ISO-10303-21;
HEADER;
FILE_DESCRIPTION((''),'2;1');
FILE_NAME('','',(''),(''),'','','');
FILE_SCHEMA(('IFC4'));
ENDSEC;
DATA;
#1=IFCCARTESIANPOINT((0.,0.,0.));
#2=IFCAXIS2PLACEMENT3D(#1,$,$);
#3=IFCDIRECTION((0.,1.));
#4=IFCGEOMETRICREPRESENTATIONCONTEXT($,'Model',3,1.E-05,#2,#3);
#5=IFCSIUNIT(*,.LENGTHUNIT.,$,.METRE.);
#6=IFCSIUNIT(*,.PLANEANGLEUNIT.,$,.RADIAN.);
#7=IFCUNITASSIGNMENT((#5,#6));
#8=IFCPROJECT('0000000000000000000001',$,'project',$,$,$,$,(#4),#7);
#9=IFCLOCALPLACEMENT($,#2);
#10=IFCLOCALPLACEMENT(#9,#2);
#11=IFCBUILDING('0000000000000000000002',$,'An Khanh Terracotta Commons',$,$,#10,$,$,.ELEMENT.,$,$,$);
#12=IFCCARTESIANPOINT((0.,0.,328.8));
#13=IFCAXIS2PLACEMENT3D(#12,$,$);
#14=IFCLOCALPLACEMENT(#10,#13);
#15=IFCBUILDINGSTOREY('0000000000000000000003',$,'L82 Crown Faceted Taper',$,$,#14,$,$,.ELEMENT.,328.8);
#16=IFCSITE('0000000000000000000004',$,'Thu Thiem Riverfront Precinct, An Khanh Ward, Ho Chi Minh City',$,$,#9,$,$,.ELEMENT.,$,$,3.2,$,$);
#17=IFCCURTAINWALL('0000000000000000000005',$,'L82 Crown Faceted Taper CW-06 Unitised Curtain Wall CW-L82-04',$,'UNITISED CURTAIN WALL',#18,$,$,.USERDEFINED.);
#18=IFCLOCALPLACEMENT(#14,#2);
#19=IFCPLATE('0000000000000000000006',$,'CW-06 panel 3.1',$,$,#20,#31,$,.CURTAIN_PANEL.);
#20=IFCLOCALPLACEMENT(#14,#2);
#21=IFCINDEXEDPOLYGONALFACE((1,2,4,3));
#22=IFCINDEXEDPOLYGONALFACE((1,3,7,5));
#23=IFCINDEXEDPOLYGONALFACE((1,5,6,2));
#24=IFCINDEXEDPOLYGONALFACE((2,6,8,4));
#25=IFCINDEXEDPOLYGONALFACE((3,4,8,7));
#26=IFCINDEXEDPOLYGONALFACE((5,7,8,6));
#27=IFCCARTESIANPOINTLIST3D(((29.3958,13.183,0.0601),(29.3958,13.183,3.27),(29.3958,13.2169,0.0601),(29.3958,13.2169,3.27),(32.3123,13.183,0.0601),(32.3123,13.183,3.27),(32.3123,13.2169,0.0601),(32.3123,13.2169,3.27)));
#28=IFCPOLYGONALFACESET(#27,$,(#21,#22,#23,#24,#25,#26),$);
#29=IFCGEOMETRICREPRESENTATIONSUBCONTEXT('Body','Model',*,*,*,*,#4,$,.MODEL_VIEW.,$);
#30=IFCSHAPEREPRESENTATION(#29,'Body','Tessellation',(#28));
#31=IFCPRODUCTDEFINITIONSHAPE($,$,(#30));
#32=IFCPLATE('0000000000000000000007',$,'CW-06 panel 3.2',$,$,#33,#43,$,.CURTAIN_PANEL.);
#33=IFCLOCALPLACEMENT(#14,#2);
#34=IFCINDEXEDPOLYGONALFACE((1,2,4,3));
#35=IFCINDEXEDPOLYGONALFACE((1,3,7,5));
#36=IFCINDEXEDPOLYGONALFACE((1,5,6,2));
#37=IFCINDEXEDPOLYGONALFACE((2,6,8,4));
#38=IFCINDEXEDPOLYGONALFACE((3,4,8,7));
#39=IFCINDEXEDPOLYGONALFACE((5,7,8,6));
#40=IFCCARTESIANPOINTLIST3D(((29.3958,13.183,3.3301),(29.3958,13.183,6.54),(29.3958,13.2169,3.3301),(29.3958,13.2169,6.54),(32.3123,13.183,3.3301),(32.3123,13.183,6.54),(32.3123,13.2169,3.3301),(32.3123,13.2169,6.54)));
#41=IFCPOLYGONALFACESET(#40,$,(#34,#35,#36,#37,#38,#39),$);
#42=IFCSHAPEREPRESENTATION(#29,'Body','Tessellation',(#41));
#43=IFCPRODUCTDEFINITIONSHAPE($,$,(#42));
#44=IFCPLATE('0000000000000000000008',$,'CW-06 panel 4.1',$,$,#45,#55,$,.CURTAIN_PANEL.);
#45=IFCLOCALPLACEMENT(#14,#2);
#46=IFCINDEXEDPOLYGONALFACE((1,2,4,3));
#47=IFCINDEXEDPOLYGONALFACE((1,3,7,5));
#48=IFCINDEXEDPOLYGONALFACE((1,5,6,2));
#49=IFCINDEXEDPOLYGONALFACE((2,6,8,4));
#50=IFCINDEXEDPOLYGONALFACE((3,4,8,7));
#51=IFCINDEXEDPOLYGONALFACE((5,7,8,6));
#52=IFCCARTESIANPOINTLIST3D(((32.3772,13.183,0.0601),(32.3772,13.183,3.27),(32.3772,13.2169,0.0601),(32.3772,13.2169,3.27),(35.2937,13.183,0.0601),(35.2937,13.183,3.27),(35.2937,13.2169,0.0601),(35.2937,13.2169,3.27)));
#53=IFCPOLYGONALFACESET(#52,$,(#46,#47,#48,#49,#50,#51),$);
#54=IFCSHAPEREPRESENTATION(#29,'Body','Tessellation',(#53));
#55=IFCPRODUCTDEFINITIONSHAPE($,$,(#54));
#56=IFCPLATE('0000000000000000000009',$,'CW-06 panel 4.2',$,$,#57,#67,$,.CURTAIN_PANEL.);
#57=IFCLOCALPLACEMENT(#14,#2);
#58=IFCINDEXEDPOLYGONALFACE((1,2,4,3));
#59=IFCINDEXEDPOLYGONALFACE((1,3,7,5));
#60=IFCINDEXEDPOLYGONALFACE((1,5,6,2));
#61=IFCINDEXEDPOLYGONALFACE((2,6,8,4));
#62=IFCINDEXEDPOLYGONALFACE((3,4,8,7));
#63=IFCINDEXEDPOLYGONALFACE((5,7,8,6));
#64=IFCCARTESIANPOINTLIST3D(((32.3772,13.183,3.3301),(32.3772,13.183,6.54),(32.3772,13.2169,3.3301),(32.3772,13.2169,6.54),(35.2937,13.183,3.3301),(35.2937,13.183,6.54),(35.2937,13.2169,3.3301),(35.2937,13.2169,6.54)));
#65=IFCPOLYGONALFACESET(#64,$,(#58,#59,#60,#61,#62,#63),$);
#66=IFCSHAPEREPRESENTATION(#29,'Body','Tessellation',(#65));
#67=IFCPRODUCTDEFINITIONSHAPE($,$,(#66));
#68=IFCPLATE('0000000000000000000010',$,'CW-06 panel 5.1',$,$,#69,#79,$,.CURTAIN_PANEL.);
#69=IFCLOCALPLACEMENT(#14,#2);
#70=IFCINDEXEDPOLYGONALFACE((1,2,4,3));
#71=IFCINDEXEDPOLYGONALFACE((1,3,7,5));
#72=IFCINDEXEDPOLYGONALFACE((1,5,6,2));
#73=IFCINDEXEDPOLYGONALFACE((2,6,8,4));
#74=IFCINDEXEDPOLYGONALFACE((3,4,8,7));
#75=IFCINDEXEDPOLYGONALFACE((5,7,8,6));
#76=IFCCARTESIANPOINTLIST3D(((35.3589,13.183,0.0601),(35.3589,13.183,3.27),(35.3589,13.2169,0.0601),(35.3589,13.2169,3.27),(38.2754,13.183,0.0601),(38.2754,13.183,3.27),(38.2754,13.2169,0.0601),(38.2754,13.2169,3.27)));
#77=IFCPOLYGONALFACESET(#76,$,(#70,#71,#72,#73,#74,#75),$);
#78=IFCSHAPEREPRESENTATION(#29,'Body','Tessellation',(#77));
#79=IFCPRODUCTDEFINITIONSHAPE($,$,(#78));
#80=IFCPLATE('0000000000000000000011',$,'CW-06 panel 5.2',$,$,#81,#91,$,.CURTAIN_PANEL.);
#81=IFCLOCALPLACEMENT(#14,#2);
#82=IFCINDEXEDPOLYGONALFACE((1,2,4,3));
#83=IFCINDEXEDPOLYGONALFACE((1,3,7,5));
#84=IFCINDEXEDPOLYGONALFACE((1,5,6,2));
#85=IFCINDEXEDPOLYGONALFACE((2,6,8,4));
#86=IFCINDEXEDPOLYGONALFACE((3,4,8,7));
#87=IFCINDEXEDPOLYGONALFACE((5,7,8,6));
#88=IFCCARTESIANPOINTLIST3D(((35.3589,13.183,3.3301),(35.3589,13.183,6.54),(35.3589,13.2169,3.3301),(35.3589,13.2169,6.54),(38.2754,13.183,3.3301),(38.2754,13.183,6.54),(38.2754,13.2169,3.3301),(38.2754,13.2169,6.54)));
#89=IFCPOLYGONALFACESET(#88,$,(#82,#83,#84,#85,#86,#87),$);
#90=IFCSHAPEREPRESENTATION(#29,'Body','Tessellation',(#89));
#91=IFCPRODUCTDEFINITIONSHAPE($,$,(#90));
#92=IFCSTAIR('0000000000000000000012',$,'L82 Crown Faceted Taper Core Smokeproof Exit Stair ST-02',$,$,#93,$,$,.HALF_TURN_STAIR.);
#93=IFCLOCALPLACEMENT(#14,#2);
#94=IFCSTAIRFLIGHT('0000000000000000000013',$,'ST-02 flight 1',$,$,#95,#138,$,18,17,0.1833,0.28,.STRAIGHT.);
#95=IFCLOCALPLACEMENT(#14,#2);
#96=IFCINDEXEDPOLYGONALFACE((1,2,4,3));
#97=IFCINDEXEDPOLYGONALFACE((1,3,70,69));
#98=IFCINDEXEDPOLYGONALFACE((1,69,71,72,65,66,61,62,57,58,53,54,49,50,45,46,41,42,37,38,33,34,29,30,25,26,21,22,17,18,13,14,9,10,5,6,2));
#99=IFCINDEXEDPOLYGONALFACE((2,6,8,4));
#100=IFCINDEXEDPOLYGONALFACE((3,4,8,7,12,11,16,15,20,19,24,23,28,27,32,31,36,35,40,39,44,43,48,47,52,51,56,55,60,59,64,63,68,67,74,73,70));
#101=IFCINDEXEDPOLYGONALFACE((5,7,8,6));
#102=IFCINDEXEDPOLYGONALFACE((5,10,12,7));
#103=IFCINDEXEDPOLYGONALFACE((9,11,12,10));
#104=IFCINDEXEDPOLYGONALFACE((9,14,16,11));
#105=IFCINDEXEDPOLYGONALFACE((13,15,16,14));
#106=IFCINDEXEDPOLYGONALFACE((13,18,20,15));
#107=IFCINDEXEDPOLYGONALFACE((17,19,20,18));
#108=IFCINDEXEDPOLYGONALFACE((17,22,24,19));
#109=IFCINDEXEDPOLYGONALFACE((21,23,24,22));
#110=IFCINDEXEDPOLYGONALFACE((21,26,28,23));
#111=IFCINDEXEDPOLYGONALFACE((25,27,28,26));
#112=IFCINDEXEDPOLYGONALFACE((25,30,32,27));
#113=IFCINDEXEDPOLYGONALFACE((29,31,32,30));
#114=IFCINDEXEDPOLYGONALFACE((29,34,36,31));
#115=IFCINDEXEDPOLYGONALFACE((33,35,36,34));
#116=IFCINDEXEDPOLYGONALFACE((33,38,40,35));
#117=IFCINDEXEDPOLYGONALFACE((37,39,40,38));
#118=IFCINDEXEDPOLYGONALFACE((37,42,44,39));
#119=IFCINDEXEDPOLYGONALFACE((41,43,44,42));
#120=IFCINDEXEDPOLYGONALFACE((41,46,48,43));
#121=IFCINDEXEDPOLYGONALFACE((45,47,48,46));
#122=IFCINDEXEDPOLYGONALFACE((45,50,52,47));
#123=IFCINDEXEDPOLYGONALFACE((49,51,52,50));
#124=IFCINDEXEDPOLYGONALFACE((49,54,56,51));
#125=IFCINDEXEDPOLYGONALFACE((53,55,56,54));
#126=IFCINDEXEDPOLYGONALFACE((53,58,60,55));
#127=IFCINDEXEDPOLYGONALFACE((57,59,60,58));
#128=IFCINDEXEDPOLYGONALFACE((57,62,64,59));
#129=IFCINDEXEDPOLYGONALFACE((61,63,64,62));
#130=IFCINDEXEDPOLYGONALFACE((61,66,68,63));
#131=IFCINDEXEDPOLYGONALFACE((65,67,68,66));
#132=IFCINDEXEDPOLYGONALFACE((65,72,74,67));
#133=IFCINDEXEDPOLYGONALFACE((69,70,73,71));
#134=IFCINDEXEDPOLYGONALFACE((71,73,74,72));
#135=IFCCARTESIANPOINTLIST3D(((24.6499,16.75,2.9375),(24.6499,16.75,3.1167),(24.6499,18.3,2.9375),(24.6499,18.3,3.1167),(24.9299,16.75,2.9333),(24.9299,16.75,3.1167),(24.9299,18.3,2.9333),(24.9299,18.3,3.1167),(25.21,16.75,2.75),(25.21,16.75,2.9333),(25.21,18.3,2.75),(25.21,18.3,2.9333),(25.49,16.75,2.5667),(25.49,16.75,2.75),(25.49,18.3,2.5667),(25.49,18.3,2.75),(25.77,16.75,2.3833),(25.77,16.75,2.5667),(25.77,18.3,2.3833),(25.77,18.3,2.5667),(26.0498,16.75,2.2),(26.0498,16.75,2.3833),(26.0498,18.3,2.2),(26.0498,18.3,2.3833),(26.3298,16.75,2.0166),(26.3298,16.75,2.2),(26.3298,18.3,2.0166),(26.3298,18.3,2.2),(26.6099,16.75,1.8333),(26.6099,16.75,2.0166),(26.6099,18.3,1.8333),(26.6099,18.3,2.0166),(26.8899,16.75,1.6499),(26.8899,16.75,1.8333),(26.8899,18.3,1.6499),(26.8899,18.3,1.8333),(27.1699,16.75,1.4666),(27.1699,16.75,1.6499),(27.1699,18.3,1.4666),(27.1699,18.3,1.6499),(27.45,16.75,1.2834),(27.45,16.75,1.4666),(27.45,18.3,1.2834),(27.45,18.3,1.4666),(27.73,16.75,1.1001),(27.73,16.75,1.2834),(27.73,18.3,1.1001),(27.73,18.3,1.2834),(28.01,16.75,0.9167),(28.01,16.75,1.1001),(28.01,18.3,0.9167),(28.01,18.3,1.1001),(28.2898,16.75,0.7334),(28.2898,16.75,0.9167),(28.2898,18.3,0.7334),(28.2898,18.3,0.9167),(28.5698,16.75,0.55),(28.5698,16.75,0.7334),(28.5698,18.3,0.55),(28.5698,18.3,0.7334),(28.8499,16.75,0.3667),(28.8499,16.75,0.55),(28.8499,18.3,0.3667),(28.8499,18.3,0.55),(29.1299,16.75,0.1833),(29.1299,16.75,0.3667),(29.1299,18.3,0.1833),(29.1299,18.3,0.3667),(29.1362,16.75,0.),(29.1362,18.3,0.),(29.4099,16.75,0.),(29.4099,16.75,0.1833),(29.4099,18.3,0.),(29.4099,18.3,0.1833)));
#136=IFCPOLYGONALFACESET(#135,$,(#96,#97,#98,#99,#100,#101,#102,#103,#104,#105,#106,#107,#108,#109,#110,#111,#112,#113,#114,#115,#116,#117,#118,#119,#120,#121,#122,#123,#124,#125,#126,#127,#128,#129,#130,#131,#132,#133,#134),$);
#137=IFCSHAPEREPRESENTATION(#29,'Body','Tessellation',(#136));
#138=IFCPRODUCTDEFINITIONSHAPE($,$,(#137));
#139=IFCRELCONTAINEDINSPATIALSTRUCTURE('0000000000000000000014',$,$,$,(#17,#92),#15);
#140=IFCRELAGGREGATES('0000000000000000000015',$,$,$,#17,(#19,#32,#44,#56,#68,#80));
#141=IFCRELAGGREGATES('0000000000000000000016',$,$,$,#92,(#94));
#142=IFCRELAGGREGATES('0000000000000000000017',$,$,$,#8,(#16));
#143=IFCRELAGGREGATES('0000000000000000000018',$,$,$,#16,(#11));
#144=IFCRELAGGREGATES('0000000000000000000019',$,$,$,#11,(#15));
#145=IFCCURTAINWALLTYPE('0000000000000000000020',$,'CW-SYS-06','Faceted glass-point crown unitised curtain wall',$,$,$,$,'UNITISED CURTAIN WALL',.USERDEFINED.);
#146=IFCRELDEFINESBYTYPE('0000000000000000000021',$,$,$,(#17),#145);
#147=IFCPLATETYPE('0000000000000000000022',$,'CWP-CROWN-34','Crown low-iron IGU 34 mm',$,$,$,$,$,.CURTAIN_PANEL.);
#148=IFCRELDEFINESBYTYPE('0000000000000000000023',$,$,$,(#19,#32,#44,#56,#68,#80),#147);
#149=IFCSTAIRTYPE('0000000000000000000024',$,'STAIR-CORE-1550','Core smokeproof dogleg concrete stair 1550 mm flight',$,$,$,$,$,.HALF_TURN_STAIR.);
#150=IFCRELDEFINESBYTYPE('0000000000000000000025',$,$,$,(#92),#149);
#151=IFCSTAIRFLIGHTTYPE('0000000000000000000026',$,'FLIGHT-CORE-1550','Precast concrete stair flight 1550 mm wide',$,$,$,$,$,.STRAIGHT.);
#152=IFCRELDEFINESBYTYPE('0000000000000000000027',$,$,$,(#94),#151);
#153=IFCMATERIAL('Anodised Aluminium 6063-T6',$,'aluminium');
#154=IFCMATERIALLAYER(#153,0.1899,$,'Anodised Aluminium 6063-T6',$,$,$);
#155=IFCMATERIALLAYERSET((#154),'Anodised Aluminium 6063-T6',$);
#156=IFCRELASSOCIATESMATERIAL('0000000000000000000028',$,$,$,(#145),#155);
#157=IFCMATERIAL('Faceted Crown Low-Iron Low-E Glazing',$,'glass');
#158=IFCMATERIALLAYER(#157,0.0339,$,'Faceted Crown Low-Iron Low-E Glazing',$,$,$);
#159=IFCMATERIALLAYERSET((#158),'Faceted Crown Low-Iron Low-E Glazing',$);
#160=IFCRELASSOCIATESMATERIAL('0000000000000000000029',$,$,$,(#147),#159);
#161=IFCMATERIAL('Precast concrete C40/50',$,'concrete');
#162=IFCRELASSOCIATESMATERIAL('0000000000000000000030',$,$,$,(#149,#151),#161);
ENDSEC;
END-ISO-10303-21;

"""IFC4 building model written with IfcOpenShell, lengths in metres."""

from ifc_helpers import new_model, si_unit, direction, frame, origin, origin_2d, place, context, subcontext, project, spatial, polyline, rectangle, outline, extrude, material, layer, layer_set, type_object, element, aggregate, save


model = new_model("IFC4")

# Units and contexts
model_context = context("Model", 3, precision=1e-05, world=origin(), true_north=direction((0.0, 1.0)))
body_context = subcontext(model_context, "Body", "Model", "MODEL_VIEW")
ifc_project = project(units=[si_unit("LENGTHUNIT", "METRE"), si_unit("PLANEANGLEUNIT", "RADIAN")], contexts=[model_context])

# Site, building, storey
site_placement = place(None, origin())
site = spatial("IfcSite", under=ifc_project, at=site_placement, Name="Thu Thiem Riverfront Precinct, An Khanh Ward, Ho Chi Minh City", CompositionType="ELEMENT", RefElevation=3.2)
building_placement = place(site_placement, origin())
building = spatial("IfcBuilding", under=site, at=building_placement, Name="An Khanh Terracotta Commons", CompositionType="ELEMENT")
storey_placement = place(building_placement, frame((0.0, 0.0, 328.8)))
storey = spatial("IfcBuildingStorey", under=building, at=storey_placement, Name="L82 Crown Faceted Taper", CompositionType="ELEMENT", Elevation=328.8)

# Curtain wall, plates
ifc_material_1 = material(Name="Anodised Aluminium 6063-T6", Category="aluminium")
ifc_layer_1 = layer(ifc_material_1, 0.1899, Name="Anodised Aluminium 6063-T6")
ifc_layer_set_1 = layer_set([ifc_layer_1], Name="Anodised Aluminium 6063-T6")
curtain_wall_type = type_object("IfcCurtainWallType", Name="CW-SYS-06", Description="Faceted glass-point crown unitised curtain wall", ElementType="UNITISED CURTAIN WALL", PredefinedType="USERDEFINED", material=ifc_layer_set_1)
curtain_wall_placement = place(storey_placement, origin())
curtain_wall = element("IfcCurtainWall", 1, at=curtain_wall_placement, inside=storey, type_object=curtain_wall_type, Name="L82 Crown Faceted Taper CW-06 Unitised Curtain Wall CW-L82-04", ObjectType="UNITISED CURTAIN WALL", PredefinedType="USERDEFINED")
ifc_material_2 = material(Name="Faceted Crown Low-Iron Low-E Glazing", Category="glass")
ifc_layer_2 = layer(ifc_material_2, 0.0339, Name="Faceted Crown Low-Iron Low-E Glazing")
ifc_layer_set_2 = layer_set([ifc_layer_2], Name="Faceted Crown Low-Iron Low-E Glazing")
plate_type = type_object("IfcPlateType", Name="CWP-CROWN-34", Description="Crown low-iron IGU 34 mm", PredefinedType="CURTAIN_PANEL", material=ifc_layer_set_2)
plate_1_placement = place(storey_placement, frame((30.854, 13.2, 0.0601), z_axis=(0.0, 0.0, 1.0), x_axis=(1.0, 0.0, 0.0)))
plate_1 = element("IfcPlate", 2, at=plate_1_placement, type_object=plate_type, Name="CW-06 panel 3.1", PredefinedType="CURTAIN_PANEL", context=body_context, shape_type="SweptSolid", body=[
    extrude(rectangle(XDim=2.9165, YDim=0.0339, at=origin_2d()), origin(), (0.0, 0.0, 1.0), 3.21),
])
plate_2_placement = place(storey_placement, frame((30.854, 13.2, 3.3301), z_axis=(0.0, 0.0, 1.0), x_axis=(1.0, 0.0, 0.0)))
plate_2 = element("IfcPlate", 3, at=plate_2_placement, type_object=plate_type, Name="CW-06 panel 3.2", PredefinedType="CURTAIN_PANEL", context=body_context, shape_type="SweptSolid", body=[
    extrude(rectangle(XDim=2.9165, YDim=0.0339, at=origin_2d()), origin(), (0.0, 0.0, 1.0), 3.21),
])
plate_3_placement = place(storey_placement, frame((33.8354, 13.2, 0.0601), z_axis=(0.0, 0.0, 1.0), x_axis=(1.0, 0.0, 0.0)))
plate_3 = element("IfcPlate", 4, at=plate_3_placement, type_object=plate_type, Name="CW-06 panel 4.1", PredefinedType="CURTAIN_PANEL", context=body_context, shape_type="SweptSolid", body=[
    extrude(rectangle(XDim=2.9165, YDim=0.0339, at=origin_2d()), origin(), (0.0, 0.0, 1.0), 3.21),
])
plate_4_placement = place(storey_placement, frame((33.8354, 13.2, 3.3301), z_axis=(0.0, 0.0, 1.0), x_axis=(1.0, 0.0, 0.0)))
plate_4 = element("IfcPlate", 5, at=plate_4_placement, type_object=plate_type, Name="CW-06 panel 4.2", PredefinedType="CURTAIN_PANEL", context=body_context, shape_type="SweptSolid", body=[
    extrude(rectangle(XDim=2.9165, YDim=0.0339, at=origin_2d()), origin(), (0.0, 0.0, 1.0), 3.21),
])
plate_5_placement = place(storey_placement, frame((36.8171, 13.2, 0.0601), z_axis=(0.0, 0.0, 1.0), x_axis=(1.0, 0.0, 0.0)))
plate_5 = element("IfcPlate", 6, at=plate_5_placement, type_object=plate_type, Name="CW-06 panel 5.1", PredefinedType="CURTAIN_PANEL", context=body_context, shape_type="SweptSolid", body=[
    extrude(rectangle(XDim=2.9165, YDim=0.0339, at=origin_2d()), origin(), (0.0, 0.0, 1.0), 3.21),
])
plate_6_placement = place(storey_placement, frame((36.8171, 13.2, 3.3301), z_axis=(0.0, 0.0, 1.0), x_axis=(1.0, 0.0, 0.0)))
plate_6 = element("IfcPlate", 7, at=plate_6_placement, type_object=plate_type, Name="CW-06 panel 5.2", PredefinedType="CURTAIN_PANEL", context=body_context, shape_type="SweptSolid", body=[
    extrude(rectangle(XDim=2.9165, YDim=0.0339, at=origin_2d()), origin(), (0.0, 0.0, 1.0), 3.21),
])
aggregate(curtain_wall, [plate_1, plate_2, plate_3, plate_4, plate_5, plate_6])

# Stair, stair flight
ifc_material_3 = material(Name="Precast concrete C40/50", Category="concrete")
stair_type = type_object("IfcStairType", Name="STAIR-CORE-1550", Description="Core smokeproof dogleg concrete stair 1550 mm flight", PredefinedType="HALF_TURN_STAIR", material=ifc_material_3)
stair_placement = place(storey_placement, origin())
stair = element("IfcStair", 8, at=stair_placement, inside=storey, type_object=stair_type, Name="L82 Crown Faceted Taper Core Smokeproof Exit Stair ST-02", PredefinedType="HALF_TURN_STAIR")
stair_flight_type = type_object("IfcStairFlightType", Name="FLIGHT-CORE-1550", Description="Precast concrete stair flight 1550 mm wide", PredefinedType="STRAIGHT", material=ifc_material_3)
stair_flight_placement = place(storey_placement, frame((29.4099, 17.5249, 0.0), z_axis=(0.0, 0.0, 1.0), x_axis=(-1.0, 0.0, 0.0)))
stair_flight = element("IfcStairFlight", 9, at=stair_flight_placement, type_object=stair_flight_type, Name="ST-02 flight 1", NumberOfRisers=18, NumberOfTreads=17, PredefinedType="STRAIGHT", RiserHeight=0.1833, TreadLength=0.28, context=body_context, shape_type="SweptSolid", body=[
    extrude(outline(polyline([(0.0, 0.0), (0.0, 0.1833), (0.28, 0.1833), (0.28, 0.3667), (0.5601, 0.3667), (0.5601, 0.55), (0.8401, 0.55), (0.8401, 0.7334), (1.1201, 0.7334), (1.1201, 0.9167), (1.3999, 0.9167), (1.3999, 1.1001), (1.6799, 1.1001), (1.6799, 1.2834), (1.96, 1.2834), (1.96, 1.4666), (2.24, 1.4666), (2.24, 1.6499), (2.52, 1.6499), (2.52, 1.8333), (2.8, 1.8333), (2.8, 2.0166), (3.0801, 2.0166), (3.0801, 2.2), (3.3601, 2.2), (3.3601, 2.3833), (3.6399, 2.3833), (3.6399, 2.5667), (3.9199, 2.5667), (3.9199, 2.75), (4.2, 2.75), (4.2, 2.9333), (4.48, 2.9333), (4.48, 3.1167), (4.76, 3.1167), (4.76, 3.3), (4.76, 2.9375), (0.2737, 0.0), (0.0, 0.0)])), frame((0.0, 0.7749, 0.0), z_axis=(0.0, -1.0, 0.0), x_axis=(1.0, 0.0, 0.0)), (0.0, 0.0, 1.0), 1.55),
])
aggregate(stair, [stair_flight])

save(model, "model.ifc")
